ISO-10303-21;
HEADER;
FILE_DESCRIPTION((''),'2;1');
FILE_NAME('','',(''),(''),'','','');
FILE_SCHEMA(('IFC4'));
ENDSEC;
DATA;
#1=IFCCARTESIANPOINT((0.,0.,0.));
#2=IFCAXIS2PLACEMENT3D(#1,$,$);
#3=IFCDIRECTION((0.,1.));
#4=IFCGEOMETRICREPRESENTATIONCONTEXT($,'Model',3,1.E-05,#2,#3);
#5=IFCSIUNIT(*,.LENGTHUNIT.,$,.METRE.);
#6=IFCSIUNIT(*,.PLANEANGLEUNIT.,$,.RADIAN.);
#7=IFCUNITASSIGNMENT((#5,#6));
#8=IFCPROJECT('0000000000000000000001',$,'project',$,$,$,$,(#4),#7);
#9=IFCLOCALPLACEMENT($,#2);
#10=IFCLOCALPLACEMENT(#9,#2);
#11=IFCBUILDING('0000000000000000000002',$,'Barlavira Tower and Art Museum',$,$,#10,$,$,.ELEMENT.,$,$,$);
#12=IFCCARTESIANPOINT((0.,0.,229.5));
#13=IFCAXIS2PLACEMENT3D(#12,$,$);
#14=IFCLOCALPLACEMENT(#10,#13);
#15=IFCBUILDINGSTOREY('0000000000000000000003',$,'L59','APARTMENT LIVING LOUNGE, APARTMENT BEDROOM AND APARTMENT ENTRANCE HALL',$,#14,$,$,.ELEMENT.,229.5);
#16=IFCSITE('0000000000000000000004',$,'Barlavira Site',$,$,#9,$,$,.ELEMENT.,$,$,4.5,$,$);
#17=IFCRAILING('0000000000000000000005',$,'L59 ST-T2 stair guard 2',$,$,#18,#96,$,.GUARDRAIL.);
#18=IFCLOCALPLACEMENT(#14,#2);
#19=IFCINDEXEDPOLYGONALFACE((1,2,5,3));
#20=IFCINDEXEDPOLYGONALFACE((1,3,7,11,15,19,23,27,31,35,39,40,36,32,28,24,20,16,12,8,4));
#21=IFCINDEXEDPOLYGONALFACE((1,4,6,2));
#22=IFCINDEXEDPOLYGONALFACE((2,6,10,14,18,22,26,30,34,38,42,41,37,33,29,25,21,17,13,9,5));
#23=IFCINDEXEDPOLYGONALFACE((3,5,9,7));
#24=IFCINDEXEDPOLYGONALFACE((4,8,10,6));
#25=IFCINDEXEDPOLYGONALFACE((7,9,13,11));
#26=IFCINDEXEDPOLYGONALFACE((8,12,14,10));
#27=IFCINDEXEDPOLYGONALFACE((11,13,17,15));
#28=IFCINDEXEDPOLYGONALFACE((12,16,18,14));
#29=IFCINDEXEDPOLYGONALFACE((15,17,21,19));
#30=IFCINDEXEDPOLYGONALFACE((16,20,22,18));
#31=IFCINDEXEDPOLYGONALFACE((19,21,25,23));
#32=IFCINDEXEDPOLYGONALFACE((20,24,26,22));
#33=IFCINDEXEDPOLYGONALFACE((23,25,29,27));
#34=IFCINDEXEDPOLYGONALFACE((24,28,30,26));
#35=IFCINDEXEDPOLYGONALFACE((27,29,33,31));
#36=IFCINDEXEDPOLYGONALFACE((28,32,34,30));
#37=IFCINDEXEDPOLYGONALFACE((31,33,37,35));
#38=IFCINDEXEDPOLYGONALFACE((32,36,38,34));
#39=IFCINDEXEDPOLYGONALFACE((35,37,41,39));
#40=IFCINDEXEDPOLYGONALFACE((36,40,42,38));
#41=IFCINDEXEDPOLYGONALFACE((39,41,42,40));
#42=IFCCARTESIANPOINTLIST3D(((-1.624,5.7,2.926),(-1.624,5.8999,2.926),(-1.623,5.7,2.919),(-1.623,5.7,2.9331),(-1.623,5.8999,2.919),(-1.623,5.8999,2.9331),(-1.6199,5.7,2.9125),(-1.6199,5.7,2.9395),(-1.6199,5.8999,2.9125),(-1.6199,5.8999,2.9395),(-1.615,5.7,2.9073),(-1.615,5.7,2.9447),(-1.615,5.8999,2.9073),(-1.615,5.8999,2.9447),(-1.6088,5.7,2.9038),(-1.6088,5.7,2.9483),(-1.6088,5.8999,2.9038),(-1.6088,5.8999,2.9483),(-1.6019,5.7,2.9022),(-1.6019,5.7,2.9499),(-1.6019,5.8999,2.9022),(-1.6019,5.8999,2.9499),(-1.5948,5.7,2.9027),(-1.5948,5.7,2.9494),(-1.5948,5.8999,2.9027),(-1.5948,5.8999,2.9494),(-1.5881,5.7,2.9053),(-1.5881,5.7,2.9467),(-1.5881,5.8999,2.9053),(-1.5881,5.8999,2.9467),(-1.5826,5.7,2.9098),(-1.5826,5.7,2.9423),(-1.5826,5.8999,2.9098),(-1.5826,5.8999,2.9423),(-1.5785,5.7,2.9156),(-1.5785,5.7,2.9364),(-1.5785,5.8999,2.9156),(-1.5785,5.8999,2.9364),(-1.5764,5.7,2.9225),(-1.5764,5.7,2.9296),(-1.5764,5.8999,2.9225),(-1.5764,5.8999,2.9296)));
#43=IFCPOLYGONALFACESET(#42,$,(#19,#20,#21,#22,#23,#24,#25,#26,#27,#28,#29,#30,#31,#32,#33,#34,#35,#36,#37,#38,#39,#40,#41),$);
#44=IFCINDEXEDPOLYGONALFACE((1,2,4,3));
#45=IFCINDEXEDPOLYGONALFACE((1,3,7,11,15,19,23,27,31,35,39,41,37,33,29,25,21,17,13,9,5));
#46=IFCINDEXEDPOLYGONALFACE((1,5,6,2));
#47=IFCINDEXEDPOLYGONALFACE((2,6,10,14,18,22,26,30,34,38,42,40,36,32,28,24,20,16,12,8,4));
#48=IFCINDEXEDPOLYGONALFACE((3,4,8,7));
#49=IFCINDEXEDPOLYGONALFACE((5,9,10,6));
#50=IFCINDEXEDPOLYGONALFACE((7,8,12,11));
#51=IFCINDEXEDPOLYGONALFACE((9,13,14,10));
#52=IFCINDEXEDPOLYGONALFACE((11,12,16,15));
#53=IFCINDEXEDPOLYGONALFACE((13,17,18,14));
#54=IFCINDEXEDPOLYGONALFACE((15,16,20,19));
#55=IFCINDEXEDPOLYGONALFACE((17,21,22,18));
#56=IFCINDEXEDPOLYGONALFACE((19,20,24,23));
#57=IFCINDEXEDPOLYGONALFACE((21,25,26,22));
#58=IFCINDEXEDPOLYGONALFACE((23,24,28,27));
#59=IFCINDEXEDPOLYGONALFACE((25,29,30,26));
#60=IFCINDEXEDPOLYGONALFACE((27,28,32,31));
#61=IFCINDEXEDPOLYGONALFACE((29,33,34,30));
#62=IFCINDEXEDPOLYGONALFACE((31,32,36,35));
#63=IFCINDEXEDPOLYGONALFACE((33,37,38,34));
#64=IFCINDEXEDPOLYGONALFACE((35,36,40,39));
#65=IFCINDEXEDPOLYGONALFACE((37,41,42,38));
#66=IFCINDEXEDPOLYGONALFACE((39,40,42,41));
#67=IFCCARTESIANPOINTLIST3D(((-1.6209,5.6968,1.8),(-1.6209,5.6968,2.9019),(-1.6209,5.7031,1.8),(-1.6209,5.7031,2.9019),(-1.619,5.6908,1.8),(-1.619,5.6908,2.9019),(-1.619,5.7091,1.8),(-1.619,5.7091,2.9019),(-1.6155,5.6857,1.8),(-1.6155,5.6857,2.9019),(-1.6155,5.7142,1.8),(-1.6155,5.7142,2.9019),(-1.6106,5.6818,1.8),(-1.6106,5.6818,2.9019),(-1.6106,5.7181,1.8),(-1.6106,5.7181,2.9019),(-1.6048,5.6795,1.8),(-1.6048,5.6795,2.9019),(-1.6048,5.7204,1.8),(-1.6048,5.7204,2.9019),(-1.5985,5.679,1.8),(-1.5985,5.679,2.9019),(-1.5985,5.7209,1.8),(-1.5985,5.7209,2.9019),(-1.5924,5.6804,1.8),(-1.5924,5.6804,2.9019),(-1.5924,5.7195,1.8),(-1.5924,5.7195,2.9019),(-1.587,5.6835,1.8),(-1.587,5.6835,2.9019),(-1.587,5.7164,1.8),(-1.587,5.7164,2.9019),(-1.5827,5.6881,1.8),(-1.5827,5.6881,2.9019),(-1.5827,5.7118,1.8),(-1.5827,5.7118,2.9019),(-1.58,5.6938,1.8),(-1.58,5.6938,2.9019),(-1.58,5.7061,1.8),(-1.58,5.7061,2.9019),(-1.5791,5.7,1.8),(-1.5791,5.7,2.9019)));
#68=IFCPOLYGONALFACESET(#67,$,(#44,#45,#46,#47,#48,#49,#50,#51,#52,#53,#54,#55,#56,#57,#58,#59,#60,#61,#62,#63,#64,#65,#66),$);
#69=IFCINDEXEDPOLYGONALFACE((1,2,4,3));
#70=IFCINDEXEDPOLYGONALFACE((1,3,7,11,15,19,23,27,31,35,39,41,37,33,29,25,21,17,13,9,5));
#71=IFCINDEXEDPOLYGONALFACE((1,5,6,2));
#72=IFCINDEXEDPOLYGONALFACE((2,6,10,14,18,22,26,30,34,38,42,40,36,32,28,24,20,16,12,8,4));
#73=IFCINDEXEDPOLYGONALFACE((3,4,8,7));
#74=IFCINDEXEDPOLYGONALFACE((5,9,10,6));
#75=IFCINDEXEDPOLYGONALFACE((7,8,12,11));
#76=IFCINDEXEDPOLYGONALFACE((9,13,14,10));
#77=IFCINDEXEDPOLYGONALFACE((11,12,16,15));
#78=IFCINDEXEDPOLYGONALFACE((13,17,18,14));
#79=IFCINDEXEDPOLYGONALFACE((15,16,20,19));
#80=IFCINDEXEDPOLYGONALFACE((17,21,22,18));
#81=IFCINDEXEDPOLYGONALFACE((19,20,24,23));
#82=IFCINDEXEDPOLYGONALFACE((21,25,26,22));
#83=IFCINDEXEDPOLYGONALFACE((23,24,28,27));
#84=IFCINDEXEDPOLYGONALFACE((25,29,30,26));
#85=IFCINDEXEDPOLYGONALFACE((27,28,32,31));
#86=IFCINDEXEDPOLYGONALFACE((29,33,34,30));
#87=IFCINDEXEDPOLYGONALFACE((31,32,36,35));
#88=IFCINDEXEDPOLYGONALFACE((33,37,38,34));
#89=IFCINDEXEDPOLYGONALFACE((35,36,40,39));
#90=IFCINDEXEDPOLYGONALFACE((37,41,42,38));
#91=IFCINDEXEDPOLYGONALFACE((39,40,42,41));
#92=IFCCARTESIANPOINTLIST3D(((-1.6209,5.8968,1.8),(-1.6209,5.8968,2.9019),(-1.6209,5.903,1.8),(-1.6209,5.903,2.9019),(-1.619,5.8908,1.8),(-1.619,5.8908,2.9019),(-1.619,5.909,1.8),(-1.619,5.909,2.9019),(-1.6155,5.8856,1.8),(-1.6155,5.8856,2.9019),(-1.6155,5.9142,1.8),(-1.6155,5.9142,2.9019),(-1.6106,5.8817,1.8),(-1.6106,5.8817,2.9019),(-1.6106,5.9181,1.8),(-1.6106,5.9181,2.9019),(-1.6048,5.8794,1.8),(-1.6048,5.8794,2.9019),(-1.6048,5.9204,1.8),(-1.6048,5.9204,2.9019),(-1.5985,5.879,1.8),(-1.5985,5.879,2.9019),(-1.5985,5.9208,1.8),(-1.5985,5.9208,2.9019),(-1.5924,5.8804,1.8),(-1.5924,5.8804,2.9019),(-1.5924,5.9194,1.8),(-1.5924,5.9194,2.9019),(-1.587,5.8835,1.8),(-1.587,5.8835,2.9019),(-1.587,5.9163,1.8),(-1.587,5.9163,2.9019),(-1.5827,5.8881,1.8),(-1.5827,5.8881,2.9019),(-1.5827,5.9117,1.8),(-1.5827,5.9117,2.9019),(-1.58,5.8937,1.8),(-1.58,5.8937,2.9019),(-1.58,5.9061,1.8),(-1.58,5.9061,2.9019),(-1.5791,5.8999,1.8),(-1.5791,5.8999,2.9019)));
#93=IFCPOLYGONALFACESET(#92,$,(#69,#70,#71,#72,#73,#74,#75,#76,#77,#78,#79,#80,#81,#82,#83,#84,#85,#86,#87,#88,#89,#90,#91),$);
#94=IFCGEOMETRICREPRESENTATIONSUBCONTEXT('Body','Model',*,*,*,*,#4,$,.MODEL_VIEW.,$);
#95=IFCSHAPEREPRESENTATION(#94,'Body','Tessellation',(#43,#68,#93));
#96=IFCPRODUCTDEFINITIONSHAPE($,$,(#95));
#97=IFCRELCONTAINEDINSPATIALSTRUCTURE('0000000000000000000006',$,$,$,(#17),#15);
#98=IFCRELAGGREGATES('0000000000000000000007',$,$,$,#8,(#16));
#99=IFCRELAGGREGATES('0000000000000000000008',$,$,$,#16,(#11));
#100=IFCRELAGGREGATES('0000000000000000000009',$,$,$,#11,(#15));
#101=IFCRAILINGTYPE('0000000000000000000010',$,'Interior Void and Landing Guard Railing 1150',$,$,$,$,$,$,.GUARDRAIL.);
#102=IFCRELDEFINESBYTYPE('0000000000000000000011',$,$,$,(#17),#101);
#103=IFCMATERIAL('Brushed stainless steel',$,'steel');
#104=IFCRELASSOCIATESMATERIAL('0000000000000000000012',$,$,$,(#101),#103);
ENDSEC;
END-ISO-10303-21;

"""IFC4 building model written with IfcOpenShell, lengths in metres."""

from ifc_helpers import new_model, si_unit, direction, frame, origin, origin_2d, place, context, subcontext, project, spatial, circle, extrude, material, type_object, element, save


model = new_model("IFC4")

# Units and contexts
model_context = context("Model", 3, precision=1e-05, world=origin(), true_north=direction((0.0, 1.0)))
body_context = subcontext(model_context, "Body", "Model", "MODEL_VIEW")
ifc_project = project(units=[si_unit("LENGTHUNIT", "METRE"), si_unit("PLANEANGLEUNIT", "RADIAN")], contexts=[model_context])

# Site, building, storey
site_placement = place(None, origin())
site = spatial("IfcSite", under=ifc_project, at=site_placement, Name="Barlavira Site", CompositionType="ELEMENT", RefElevation=4.5)
building_placement = place(site_placement, origin())
building = spatial("IfcBuilding", under=site, at=building_placement, Name="Barlavira Tower and Art Museum", CompositionType="ELEMENT")
storey_placement = place(building_placement, frame((0.0, 0.0, 229.5)))
storey = spatial("IfcBuildingStorey", under=building, at=storey_placement, Name="L59", Description="APARTMENT LIVING LOUNGE, APARTMENT BEDROOM AND APARTMENT ENTRANCE HALL", CompositionType="ELEMENT", Elevation=229.5)

# Shared definitions
ifc_material_1 = material(Name="Brushed stainless steel", Category="steel")

# Railing
railing_type_1 = type_object("IfcRailingType", Name="Interior Void and Landing Guard Railing 1150", PredefinedType="GUARDRAIL", material=ifc_material_1)
railing_1_placement = place(storey_placement, frame((-1.6001, 5.7, 1.8)))
element("IfcRailing", 1, at=railing_1_placement, inside=storey, type_object=railing_type_1, Name="L59 ST-T2 stair guard 2", PredefinedType="GUARDRAIL", context=body_context, shape_type="SweptSolid", body=[
    extrude(circle(Radius=0.0239, at=origin_2d()), frame((0.0, 0.0, 1.126), z_axis=(0.0, 1.0, 0.0), x_axis=(-1.0, 0.0, 0.0)), (0.0, 0.0, 1.0), 0.2),
    extrude(circle(Radius=0.021, at=origin_2d()), origin(), (0.0, 0.0, 1.0), 1.1018),
    extrude(circle(Radius=0.021, at=origin_2d()), frame((0.0, 0.2, 0.0)), (0.0, 0.0, 1.0), 1.1018),
])

save(model, "model.ifc")
